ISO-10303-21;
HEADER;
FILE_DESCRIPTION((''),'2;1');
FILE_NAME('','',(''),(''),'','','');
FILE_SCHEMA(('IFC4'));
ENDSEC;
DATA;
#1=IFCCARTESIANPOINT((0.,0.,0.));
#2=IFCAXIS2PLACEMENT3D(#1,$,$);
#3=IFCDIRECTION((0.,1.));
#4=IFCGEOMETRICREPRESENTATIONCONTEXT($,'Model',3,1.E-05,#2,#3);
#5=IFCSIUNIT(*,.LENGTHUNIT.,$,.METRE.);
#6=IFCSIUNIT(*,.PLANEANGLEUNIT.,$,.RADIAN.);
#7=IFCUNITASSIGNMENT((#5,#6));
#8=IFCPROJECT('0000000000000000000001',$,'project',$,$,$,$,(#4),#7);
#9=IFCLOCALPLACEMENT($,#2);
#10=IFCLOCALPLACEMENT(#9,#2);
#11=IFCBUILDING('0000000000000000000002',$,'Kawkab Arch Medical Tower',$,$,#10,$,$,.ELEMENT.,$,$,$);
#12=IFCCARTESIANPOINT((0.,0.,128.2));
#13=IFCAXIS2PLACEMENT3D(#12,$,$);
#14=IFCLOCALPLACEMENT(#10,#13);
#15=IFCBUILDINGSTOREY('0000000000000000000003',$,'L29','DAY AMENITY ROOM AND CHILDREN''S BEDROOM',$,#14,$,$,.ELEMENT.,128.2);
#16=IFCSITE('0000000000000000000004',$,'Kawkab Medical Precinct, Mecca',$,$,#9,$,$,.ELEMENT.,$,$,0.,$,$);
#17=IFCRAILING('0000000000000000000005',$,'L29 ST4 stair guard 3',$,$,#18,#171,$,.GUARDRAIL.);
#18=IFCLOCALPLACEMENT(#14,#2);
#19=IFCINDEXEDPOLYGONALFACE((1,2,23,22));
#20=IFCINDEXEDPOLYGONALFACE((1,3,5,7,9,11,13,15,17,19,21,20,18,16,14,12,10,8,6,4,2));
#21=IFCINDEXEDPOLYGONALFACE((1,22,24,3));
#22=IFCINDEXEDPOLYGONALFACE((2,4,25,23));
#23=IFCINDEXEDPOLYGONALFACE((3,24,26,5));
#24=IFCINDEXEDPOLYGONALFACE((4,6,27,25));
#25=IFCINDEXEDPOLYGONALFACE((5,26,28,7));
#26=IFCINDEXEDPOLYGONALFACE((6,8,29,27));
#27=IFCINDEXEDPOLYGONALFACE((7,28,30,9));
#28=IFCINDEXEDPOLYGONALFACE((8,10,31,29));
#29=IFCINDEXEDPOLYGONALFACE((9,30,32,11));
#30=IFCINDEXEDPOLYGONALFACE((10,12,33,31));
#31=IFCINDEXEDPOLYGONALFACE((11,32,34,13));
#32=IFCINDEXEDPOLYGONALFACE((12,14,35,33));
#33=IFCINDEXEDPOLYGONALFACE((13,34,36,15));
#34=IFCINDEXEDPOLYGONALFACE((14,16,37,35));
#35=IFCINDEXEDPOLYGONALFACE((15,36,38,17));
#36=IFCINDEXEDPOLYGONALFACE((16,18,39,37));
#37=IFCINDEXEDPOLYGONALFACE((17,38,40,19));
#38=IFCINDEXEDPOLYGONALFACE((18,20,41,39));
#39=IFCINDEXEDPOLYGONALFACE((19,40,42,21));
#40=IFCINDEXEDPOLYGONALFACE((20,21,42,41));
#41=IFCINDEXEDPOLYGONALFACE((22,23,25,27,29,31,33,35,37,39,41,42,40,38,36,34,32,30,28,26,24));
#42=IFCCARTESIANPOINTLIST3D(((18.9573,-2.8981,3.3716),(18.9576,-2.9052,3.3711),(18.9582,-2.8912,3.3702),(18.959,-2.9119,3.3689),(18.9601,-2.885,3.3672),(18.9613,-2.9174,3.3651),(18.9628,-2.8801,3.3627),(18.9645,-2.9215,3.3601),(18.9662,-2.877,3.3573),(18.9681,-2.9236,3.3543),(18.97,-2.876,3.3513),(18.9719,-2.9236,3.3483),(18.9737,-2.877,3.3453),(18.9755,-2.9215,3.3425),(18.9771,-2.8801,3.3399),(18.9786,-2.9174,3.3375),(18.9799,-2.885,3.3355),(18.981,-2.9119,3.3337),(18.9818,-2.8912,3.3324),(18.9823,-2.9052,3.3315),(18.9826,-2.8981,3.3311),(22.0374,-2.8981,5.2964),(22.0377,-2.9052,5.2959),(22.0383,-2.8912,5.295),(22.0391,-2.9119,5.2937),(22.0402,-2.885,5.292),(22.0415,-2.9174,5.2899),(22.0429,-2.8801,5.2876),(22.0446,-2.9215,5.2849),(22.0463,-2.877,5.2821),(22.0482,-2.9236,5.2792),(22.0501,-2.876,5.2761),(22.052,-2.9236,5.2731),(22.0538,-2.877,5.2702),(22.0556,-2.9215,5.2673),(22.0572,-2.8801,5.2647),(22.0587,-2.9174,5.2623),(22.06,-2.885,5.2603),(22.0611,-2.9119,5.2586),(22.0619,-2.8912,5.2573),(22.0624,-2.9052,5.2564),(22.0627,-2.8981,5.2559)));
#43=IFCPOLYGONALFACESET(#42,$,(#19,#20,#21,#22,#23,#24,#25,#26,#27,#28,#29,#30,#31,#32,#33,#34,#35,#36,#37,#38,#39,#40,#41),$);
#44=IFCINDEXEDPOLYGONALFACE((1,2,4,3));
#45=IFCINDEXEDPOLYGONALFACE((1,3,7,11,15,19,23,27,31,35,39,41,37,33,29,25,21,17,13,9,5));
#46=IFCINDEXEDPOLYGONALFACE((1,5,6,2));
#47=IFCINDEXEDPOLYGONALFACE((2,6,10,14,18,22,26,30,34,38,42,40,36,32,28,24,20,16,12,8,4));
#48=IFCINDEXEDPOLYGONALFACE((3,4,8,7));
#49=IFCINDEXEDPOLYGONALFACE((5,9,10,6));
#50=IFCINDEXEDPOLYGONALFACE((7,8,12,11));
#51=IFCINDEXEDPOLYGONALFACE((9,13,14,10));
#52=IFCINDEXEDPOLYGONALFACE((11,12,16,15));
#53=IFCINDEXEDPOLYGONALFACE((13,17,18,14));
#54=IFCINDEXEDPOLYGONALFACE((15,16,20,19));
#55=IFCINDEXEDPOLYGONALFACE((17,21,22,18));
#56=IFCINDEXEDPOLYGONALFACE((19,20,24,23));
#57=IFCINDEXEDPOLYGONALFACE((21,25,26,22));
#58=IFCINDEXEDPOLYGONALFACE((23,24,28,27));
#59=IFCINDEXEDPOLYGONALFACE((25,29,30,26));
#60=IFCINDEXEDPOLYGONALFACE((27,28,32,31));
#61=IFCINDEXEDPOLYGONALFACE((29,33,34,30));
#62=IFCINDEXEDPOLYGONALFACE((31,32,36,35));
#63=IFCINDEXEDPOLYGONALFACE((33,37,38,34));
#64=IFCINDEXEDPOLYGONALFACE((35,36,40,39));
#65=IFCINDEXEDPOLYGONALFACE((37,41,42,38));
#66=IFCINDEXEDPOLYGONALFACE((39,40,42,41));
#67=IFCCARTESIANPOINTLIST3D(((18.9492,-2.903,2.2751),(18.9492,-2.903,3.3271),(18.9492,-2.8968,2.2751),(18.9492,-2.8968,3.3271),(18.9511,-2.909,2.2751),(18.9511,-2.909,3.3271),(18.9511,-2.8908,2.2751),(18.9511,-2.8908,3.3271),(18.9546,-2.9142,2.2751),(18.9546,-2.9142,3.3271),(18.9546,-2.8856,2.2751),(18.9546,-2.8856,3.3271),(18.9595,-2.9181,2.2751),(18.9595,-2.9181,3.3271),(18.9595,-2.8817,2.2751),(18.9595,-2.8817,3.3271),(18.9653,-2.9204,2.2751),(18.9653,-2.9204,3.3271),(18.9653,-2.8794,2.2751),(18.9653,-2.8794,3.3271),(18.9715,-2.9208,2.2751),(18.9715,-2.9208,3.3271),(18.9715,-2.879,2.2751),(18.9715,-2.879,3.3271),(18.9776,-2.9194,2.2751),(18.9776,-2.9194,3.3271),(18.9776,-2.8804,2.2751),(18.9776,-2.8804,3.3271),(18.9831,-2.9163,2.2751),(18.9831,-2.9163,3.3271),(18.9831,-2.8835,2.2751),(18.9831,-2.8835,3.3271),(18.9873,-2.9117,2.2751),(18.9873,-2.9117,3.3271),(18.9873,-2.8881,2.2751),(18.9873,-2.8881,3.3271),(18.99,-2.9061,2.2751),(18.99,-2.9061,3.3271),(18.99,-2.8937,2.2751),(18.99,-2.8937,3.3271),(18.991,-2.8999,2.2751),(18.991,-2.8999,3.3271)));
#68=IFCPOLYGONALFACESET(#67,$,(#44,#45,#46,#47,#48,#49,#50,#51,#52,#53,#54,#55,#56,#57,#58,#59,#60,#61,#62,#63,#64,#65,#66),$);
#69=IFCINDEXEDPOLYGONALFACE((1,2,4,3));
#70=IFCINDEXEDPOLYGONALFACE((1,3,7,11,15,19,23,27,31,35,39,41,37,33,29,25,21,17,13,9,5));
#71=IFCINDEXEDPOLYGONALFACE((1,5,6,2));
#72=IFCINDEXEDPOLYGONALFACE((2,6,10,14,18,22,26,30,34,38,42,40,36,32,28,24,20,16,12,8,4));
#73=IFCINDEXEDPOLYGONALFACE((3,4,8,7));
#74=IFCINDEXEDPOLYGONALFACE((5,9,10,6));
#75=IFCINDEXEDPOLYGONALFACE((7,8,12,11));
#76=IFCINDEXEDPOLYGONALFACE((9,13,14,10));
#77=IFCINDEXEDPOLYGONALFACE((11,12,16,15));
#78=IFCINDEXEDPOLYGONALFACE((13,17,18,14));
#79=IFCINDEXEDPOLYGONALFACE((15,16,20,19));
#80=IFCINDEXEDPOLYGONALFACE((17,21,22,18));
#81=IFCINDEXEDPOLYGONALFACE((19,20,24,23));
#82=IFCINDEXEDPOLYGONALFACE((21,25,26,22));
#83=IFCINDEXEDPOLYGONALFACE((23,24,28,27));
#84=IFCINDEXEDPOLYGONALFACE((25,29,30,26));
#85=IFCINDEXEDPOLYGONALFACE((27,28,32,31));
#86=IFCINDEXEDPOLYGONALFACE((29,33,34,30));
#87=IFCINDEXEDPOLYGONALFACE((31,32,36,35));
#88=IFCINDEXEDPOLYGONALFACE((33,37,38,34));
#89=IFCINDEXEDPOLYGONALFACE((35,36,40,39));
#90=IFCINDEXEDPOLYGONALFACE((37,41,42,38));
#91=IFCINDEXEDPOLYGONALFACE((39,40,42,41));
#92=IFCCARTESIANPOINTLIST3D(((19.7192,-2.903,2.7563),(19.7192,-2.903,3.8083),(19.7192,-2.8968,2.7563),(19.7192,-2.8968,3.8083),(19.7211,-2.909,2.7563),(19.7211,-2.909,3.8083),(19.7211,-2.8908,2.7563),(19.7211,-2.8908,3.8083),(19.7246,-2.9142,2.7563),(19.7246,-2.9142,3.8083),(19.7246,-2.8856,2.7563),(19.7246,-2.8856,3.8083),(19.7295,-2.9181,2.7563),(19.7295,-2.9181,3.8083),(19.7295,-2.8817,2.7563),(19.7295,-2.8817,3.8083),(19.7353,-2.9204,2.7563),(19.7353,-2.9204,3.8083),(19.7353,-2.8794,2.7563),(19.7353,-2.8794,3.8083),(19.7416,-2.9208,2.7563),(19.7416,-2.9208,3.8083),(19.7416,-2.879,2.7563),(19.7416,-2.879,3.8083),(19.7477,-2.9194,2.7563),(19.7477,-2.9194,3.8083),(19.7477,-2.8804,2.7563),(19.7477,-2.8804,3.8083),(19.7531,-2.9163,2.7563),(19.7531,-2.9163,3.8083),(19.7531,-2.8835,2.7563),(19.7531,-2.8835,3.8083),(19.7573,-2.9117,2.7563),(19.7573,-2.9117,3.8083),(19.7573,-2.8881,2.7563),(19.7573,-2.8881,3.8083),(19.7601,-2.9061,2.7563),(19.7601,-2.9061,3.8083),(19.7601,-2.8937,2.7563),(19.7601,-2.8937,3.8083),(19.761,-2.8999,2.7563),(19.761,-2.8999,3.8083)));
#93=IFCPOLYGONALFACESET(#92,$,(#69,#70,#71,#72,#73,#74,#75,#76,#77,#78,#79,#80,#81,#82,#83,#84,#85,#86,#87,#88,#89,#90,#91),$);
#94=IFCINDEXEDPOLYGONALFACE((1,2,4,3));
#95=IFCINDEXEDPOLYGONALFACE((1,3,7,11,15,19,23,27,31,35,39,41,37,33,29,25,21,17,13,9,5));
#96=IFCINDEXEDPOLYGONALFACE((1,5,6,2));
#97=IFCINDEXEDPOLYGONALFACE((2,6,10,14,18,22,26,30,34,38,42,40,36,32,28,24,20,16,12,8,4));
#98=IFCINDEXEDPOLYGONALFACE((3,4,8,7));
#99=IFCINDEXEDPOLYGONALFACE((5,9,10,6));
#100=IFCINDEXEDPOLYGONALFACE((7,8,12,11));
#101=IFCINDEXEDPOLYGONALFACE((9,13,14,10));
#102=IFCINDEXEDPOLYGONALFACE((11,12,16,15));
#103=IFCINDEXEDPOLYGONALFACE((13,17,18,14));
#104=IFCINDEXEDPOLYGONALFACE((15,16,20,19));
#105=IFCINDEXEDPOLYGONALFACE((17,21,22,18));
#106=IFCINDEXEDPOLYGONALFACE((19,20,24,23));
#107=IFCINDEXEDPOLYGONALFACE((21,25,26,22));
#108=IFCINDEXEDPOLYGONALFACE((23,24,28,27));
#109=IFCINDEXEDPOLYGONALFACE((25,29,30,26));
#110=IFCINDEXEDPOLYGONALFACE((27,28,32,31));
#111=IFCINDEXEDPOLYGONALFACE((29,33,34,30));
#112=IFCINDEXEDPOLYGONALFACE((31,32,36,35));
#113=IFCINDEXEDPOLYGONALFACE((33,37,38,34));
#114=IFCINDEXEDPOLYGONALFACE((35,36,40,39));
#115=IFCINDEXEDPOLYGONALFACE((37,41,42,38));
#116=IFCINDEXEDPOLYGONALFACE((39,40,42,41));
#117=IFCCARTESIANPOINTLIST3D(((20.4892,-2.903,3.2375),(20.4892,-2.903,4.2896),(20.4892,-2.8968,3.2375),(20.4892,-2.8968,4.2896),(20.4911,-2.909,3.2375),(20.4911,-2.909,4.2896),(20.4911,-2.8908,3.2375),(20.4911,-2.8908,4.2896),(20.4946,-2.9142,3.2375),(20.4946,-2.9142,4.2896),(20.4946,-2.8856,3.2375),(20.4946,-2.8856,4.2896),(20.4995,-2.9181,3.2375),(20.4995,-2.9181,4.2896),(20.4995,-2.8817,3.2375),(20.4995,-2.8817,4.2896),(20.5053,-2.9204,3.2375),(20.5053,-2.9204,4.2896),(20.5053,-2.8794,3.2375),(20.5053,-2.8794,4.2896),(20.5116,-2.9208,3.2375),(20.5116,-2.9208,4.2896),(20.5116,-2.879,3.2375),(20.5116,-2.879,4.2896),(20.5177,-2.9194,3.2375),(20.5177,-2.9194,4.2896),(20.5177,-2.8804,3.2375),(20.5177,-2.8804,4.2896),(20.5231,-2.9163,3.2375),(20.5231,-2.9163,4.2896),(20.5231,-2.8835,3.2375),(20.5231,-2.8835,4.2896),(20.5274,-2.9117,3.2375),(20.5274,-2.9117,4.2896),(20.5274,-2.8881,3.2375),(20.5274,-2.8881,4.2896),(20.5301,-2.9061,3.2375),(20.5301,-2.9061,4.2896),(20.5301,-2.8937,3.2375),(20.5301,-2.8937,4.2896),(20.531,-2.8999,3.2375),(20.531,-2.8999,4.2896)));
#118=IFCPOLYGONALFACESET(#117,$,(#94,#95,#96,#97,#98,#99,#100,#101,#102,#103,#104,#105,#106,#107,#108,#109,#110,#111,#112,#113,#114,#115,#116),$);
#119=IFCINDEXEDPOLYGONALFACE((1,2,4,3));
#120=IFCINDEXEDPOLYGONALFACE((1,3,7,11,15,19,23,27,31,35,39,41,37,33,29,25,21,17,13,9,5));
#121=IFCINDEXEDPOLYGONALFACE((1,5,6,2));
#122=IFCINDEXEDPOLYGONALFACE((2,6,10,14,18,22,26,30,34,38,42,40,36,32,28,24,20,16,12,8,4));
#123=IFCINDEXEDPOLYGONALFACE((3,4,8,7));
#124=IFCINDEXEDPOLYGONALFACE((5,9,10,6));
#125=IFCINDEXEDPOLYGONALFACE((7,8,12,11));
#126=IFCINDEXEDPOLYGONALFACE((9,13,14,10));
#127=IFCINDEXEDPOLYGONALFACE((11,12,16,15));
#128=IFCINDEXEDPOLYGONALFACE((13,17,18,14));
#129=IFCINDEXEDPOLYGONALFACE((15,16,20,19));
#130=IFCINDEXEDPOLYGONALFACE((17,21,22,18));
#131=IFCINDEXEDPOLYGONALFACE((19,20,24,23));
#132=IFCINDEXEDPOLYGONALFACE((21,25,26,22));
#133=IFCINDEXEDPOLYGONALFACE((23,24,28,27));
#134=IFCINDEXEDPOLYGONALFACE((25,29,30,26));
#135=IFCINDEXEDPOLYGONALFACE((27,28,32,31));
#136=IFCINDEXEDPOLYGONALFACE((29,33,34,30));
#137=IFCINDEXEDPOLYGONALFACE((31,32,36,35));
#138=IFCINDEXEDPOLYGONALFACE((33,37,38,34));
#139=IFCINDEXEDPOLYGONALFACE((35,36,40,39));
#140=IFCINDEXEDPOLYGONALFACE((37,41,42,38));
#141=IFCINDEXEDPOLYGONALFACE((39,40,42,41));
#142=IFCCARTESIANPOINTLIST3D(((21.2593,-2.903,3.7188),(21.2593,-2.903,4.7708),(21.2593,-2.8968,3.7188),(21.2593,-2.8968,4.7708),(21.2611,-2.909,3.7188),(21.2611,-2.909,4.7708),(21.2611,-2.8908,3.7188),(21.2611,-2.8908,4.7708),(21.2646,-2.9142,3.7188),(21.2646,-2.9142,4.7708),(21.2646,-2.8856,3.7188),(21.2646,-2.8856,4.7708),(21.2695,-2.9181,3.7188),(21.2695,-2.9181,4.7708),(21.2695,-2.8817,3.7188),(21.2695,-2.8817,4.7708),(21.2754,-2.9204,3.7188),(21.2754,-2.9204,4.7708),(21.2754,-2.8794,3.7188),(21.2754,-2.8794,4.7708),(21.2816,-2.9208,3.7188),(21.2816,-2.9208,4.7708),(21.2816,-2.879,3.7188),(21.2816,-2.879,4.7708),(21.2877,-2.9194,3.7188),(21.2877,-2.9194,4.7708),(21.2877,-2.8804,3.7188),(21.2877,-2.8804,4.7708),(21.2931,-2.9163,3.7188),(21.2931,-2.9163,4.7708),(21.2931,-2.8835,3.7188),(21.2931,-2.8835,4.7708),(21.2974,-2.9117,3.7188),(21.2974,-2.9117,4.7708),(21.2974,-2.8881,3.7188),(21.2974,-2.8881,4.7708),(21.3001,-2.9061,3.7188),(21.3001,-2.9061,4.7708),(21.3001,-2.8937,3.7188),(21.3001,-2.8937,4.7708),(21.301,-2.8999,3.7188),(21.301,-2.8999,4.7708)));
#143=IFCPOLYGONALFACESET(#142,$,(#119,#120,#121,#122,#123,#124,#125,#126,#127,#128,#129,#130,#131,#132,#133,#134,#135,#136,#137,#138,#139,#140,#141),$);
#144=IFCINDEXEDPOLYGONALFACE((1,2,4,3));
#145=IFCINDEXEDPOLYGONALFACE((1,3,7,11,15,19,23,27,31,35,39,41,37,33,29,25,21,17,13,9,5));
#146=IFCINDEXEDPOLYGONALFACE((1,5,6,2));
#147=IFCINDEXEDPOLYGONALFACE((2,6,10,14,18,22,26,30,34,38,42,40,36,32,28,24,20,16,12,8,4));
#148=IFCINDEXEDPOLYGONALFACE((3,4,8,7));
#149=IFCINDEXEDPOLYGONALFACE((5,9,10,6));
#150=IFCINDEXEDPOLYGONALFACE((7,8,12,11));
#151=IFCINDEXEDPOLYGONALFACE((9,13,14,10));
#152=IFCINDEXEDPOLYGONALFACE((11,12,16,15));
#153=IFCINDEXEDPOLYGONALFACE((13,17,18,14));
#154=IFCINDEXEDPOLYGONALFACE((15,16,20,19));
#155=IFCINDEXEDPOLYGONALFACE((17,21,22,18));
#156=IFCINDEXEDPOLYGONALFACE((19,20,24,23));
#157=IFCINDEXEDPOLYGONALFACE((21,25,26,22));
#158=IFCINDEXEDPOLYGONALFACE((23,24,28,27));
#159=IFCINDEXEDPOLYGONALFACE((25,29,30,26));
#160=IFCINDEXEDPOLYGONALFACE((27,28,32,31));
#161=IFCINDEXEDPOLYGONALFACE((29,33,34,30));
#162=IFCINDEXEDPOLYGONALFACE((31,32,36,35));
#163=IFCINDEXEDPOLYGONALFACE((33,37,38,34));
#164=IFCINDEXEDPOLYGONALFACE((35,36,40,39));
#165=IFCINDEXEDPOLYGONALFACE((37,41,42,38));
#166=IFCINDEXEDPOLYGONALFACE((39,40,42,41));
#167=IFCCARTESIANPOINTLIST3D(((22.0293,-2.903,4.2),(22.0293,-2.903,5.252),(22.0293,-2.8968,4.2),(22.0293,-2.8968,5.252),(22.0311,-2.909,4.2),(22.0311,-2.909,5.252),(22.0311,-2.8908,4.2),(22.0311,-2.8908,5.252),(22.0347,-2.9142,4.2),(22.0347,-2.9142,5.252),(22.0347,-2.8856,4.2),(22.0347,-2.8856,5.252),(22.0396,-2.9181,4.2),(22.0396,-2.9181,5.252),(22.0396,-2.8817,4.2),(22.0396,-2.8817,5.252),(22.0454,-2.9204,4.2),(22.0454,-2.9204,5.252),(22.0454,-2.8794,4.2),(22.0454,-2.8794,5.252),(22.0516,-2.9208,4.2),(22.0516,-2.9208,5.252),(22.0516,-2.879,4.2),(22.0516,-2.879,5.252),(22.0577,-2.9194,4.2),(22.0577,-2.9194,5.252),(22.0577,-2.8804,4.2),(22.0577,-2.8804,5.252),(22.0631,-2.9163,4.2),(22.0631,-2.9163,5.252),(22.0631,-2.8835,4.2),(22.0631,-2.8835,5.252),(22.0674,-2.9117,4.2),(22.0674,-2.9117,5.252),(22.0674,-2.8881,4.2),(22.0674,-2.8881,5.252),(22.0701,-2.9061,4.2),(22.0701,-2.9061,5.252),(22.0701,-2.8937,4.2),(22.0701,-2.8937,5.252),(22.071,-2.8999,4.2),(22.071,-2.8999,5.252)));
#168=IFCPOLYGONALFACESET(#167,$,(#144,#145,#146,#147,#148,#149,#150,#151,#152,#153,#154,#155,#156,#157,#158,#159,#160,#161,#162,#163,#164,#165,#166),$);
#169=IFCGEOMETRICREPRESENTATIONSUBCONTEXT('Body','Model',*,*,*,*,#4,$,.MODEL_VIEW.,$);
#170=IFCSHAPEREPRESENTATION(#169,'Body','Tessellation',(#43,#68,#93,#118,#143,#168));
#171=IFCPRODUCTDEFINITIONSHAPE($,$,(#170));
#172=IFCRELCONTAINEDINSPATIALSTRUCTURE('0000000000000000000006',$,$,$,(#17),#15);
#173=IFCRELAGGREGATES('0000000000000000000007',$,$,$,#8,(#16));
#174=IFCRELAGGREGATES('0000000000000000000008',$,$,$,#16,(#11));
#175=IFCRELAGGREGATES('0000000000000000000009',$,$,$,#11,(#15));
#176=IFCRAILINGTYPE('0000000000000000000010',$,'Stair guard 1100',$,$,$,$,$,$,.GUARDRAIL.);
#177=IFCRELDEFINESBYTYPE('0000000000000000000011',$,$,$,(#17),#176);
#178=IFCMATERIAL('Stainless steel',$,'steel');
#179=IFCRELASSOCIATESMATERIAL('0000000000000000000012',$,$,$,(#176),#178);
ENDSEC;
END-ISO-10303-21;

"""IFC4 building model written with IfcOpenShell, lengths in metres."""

from ifc_helpers import new_model, si_unit, direction, frame, origin, origin_2d, place, context, subcontext, project, spatial, circle, extrude, material, type_object, element, save


model = new_model("IFC4")

# Units and contexts
model_context = context("Model", 3, precision=1e-05, world=origin(), true_north=direction((0.0, 1.0)))
body_context = subcontext(model_context, "Body", "Model", "MODEL_VIEW")
ifc_project = project(units=[si_unit("LENGTHUNIT", "METRE"), si_unit("PLANEANGLEUNIT", "RADIAN")], contexts=[model_context])

# Site, building, storey
site_placement = place(None, origin())
site = spatial("IfcSite", under=ifc_project, at=site_placement, Name="Kawkab Medical Precinct, Mecca", CompositionType="ELEMENT", RefElevation=0.0)
building_placement = place(site_placement, origin())
building = spatial("IfcBuilding", under=site, at=building_placement, Name="Kawkab Arch Medical Tower", CompositionType="ELEMENT")
storey_placement = place(building_placement, frame((0.0, 0.0, 128.2)))
storey = spatial("IfcBuildingStorey", under=building, at=storey_placement, Name="L29", Description="DAY AMENITY ROOM AND CHILDREN'S BEDROOM", CompositionType="ELEMENT", Elevation=128.2)

# Railing
ifc_material_1 = material(Name="Stainless steel", Category="steel")
railing_type_1 = type_object("IfcRailingType", Name="Stair guard 1100", PredefinedType="GUARDRAIL", material=ifc_material_1)
railing_1_placement = place(storey_placement, frame((18.97, -2.8999, 2.2751)))
element("IfcRailing", 1, at=railing_1_placement, inside=storey, type_object=railing_type_1, Name="L29 ST4 stair guard 3", PredefinedType="GUARDRAIL", context=body_context, shape_type="SweptSolid", body=[
    extrude(circle(Radius=0.0239, at=origin_2d()), frame((0.0, 0.0, 1.0762), z_axis=(0.848029, 0.0, 0.529951), x_axis=(0.0, 1.0, 0.0)), (0.0, 0.0, 1.0), 3.6321),
    extrude(circle(Radius=0.021, at=origin_2d()), origin(), (0.0, 0.0, 1.0), 1.052),
    extrude(circle(Radius=0.021, at=origin_2d()), frame((0.77, 0.0, 0.4812)), (0.0, 0.0, 1.0), 1.052),
    extrude(circle(Radius=0.021, at=origin_2d()), frame((1.54, 0.0, 0.9624)), (0.0, 0.0, 1.0), 1.052),
    extrude(circle(Radius=0.021, at=origin_2d()), frame((2.3101, 0.0, 1.4436)), (0.0, 0.0, 1.0), 1.052),
    extrude(circle(Radius=0.021, at=origin_2d()), frame((3.0801, 0.0, 1.9248)), (0.0, 0.0, 1.0), 1.052),
])

save(model, "model.ifc")
